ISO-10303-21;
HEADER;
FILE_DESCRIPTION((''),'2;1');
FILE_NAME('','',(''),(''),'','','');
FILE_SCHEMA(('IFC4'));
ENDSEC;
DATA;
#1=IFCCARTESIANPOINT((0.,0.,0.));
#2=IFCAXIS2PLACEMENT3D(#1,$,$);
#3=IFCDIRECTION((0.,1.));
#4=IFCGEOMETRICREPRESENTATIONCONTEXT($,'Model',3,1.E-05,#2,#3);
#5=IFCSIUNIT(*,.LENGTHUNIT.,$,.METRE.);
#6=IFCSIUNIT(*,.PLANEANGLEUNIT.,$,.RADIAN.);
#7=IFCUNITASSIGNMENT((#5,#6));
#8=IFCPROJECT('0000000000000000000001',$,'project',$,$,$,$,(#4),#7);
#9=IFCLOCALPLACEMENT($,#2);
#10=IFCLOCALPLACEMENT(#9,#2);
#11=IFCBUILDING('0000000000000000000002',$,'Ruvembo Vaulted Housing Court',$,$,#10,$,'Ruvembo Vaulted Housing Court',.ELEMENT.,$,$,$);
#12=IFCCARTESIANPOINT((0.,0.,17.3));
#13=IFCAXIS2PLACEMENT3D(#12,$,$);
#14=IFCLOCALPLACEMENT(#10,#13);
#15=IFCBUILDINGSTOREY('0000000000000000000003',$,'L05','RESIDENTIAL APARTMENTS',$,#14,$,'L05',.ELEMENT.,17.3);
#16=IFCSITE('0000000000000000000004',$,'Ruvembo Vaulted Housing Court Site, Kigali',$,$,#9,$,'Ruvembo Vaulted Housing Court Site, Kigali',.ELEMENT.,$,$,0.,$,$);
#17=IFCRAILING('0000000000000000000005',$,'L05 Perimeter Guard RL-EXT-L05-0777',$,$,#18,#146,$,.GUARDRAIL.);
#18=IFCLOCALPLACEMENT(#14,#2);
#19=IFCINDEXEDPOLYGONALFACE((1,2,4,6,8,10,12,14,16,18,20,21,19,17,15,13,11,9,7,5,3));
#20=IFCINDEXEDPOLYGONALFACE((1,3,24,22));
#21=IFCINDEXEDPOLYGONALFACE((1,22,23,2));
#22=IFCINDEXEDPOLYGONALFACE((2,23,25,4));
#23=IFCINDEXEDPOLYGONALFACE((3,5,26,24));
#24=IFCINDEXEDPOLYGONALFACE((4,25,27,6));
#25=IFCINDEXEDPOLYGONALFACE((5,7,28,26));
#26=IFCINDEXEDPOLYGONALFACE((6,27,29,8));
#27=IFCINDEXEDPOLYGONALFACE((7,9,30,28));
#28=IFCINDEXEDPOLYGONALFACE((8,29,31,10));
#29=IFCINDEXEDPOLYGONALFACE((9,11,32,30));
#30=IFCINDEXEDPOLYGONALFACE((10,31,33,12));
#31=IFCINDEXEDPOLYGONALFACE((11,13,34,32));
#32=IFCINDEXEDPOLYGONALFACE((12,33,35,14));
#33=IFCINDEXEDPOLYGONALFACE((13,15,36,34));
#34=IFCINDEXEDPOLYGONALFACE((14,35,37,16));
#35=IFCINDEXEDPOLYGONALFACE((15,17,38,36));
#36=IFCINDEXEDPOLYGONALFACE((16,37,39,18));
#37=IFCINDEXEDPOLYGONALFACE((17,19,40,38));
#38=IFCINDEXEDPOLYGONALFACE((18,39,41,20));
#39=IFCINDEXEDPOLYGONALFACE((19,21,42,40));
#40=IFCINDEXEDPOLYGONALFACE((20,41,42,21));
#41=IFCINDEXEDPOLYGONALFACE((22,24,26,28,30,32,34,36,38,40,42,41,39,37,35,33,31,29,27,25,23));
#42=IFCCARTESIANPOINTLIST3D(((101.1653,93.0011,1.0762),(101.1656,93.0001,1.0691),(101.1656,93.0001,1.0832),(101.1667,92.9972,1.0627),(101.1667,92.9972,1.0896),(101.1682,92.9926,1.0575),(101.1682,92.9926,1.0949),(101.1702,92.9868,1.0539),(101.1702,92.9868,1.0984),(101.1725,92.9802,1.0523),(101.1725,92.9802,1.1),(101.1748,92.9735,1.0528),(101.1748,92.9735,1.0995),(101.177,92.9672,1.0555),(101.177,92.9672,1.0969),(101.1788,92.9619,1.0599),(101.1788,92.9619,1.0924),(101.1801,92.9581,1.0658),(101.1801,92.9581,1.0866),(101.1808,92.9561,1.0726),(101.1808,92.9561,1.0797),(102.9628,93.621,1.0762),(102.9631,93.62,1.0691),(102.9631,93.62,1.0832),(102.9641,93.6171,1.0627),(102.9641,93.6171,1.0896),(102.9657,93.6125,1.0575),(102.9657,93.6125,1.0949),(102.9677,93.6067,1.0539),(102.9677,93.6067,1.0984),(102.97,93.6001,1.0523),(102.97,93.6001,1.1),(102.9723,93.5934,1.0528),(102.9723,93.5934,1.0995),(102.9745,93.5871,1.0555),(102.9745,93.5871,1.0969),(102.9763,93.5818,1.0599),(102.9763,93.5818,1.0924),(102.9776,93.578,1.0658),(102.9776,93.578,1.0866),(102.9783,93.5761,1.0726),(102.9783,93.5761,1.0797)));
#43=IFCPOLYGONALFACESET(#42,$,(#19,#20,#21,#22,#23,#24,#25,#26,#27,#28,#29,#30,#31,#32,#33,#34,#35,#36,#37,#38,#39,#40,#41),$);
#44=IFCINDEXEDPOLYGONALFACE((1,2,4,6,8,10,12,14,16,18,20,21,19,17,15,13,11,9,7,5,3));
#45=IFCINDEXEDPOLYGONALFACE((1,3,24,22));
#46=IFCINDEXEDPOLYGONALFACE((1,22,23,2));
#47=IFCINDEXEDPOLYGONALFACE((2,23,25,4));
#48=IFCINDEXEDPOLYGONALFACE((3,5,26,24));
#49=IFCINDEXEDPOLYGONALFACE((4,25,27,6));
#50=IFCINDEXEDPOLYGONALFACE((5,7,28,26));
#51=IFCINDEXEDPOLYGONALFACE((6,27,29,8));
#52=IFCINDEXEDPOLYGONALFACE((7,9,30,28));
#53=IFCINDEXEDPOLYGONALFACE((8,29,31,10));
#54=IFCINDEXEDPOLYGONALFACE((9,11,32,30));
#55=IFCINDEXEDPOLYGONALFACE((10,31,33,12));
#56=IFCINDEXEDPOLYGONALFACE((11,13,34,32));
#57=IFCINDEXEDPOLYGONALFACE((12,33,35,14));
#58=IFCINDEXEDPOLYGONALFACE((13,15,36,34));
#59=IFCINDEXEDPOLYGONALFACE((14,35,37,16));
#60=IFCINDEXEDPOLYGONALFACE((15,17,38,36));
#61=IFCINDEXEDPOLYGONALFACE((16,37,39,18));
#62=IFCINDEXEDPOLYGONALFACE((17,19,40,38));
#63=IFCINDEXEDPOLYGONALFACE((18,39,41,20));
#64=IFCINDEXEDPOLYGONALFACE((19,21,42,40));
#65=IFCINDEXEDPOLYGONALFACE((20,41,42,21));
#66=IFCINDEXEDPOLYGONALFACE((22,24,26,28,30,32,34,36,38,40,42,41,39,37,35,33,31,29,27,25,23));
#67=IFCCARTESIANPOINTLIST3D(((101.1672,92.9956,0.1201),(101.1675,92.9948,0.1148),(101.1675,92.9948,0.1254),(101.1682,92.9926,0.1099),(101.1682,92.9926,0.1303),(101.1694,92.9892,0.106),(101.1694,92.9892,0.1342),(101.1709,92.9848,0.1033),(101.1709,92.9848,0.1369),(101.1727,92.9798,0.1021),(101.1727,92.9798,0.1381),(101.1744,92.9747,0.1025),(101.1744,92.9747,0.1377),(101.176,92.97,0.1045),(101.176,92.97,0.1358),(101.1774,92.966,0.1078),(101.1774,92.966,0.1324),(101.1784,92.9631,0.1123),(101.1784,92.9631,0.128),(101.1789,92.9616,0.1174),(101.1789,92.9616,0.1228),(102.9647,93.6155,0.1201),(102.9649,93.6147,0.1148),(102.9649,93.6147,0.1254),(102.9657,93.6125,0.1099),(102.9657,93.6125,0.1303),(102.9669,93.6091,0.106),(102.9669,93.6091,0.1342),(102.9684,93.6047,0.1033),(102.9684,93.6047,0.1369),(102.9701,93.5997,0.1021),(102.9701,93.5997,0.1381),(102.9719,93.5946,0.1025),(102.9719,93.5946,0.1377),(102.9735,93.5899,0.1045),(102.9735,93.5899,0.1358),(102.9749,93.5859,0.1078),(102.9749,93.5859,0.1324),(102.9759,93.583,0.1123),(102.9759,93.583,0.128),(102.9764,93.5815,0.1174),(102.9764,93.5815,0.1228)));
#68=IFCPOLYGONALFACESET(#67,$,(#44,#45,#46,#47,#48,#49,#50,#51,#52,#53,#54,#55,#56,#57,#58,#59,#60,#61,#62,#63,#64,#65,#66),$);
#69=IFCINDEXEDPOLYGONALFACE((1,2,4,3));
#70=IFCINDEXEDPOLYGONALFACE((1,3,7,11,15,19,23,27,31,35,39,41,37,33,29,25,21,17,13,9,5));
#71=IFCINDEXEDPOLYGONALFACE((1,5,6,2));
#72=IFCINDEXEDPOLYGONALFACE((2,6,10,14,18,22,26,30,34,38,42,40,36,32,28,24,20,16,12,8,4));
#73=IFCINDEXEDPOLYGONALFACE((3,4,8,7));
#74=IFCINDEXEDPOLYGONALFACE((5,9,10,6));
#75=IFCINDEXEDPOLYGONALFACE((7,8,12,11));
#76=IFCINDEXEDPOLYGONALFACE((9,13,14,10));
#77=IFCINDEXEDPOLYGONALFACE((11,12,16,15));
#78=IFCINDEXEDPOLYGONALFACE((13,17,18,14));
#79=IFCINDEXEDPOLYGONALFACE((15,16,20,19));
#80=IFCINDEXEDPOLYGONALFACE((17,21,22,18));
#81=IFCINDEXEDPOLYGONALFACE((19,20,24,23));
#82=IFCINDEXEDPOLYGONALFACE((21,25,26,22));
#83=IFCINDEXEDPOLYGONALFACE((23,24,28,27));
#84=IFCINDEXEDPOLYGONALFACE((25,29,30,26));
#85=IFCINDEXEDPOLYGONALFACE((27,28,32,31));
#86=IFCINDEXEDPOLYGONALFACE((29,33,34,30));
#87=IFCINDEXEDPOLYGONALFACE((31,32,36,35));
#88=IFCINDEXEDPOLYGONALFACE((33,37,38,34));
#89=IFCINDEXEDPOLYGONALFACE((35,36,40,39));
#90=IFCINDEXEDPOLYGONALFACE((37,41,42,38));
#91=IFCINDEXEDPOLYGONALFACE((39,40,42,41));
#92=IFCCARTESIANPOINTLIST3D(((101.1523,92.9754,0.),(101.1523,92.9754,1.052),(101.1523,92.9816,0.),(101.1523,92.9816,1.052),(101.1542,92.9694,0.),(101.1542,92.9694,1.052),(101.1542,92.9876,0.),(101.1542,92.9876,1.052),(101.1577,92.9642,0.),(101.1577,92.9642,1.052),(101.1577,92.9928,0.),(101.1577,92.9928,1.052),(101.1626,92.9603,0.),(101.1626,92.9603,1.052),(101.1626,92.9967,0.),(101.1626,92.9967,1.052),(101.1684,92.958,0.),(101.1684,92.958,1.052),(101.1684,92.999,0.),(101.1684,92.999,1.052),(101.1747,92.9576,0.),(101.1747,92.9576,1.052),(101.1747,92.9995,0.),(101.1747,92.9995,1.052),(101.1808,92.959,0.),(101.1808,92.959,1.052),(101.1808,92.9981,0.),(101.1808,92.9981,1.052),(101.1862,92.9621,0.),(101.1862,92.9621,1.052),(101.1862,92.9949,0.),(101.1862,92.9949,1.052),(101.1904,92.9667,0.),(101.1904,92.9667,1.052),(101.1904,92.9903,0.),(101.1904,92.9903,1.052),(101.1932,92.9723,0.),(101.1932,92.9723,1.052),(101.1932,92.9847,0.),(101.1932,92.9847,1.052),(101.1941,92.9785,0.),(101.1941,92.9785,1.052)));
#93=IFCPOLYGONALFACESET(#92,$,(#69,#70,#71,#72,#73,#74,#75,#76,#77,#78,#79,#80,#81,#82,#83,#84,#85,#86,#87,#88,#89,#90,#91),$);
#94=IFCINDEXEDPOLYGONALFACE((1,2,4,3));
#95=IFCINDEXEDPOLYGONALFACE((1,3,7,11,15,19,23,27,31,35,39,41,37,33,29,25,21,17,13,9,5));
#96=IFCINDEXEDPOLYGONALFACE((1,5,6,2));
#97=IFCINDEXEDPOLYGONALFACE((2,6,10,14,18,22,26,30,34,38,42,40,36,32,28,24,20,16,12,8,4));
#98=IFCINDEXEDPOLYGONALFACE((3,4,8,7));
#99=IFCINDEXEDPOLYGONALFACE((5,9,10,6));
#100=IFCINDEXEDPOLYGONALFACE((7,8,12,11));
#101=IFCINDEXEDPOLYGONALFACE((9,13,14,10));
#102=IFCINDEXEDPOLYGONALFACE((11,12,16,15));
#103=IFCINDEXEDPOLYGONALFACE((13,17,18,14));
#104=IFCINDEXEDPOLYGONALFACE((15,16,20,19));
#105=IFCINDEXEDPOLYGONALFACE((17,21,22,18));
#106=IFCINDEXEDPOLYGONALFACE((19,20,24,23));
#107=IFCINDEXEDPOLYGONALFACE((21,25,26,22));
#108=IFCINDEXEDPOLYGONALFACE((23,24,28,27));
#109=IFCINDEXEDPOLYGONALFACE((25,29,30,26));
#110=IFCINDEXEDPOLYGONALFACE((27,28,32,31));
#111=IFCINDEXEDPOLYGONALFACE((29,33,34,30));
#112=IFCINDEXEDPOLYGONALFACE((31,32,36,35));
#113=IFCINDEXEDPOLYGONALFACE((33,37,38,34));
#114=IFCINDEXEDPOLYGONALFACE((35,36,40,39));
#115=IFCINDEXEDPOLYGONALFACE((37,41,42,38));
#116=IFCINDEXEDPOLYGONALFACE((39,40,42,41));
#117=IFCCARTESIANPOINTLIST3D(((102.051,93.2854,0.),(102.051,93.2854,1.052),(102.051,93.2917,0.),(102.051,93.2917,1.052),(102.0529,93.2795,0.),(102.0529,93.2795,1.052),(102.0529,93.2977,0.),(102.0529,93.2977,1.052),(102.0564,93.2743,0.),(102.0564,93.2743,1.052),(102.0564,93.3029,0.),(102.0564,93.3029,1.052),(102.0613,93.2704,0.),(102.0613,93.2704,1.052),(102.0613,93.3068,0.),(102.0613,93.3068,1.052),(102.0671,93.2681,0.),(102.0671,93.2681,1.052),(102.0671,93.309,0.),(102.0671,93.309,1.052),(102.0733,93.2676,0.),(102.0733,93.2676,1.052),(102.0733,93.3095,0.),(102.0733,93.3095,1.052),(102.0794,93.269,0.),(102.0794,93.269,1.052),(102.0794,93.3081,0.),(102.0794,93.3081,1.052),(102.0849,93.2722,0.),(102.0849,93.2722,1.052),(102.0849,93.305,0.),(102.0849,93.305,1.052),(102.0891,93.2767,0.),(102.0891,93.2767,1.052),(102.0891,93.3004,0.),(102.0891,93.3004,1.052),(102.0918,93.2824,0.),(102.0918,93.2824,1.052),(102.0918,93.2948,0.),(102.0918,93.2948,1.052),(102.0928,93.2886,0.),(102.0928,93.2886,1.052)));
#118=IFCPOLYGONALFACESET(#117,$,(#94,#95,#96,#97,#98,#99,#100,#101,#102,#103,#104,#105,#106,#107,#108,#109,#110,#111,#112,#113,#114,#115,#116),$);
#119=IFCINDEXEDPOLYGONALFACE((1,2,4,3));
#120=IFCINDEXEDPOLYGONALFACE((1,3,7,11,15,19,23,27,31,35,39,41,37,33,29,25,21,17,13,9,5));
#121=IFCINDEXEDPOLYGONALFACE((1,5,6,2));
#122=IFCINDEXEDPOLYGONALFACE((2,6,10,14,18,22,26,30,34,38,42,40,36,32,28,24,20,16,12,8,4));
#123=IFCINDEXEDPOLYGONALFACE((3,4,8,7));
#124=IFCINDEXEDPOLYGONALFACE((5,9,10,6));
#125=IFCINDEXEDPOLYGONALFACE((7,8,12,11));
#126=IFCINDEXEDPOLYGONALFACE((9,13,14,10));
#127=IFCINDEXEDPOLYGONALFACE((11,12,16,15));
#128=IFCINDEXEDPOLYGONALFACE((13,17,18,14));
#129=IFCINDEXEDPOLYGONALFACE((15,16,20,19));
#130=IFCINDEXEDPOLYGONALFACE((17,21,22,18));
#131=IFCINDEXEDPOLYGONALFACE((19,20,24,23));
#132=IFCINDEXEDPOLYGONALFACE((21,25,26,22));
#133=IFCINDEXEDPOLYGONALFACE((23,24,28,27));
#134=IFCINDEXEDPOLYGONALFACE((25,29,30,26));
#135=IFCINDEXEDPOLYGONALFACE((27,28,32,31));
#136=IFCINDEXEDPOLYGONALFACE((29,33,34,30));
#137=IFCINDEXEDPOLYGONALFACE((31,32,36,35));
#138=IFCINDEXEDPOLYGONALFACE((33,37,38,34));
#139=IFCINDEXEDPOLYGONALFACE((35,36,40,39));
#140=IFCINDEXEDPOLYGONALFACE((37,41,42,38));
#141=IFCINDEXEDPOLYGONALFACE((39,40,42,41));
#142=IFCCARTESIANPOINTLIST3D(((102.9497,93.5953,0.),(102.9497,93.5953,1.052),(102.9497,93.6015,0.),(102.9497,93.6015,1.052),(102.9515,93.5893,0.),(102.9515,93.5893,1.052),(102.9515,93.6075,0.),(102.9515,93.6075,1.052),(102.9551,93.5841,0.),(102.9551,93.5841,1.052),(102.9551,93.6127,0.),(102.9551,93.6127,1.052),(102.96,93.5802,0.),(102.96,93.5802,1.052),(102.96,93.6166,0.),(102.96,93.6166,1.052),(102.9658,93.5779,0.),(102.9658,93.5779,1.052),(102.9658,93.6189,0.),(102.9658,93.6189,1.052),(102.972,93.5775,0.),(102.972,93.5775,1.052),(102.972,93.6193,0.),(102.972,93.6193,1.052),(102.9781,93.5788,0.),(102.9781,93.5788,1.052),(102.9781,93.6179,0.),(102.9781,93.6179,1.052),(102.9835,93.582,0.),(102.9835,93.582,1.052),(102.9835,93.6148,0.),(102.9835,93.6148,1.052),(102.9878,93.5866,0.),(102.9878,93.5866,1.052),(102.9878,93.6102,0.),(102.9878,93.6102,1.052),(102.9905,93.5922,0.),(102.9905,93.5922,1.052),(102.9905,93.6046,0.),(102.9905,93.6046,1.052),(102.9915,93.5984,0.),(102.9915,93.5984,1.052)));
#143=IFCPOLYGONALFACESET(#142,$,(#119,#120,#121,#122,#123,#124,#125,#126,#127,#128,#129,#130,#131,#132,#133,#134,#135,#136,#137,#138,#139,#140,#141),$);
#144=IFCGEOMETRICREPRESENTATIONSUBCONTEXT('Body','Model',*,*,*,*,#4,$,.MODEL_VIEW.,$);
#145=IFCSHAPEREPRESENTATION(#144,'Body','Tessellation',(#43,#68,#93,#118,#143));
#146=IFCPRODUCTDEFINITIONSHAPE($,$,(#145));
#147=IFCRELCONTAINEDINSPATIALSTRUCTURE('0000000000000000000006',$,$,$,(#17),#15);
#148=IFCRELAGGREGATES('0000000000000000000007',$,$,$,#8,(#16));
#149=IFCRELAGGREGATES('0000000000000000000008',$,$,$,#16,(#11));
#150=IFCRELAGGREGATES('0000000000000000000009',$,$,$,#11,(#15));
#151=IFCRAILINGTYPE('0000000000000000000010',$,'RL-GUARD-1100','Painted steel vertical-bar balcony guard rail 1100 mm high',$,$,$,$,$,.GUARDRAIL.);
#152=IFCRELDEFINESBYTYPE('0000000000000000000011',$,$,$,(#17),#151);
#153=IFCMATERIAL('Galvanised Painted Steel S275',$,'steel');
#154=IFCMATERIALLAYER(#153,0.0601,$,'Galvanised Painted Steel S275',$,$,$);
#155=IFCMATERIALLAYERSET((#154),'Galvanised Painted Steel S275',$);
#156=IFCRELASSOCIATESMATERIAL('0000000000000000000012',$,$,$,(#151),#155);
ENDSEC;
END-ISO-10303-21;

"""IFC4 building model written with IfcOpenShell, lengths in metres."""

from ifc_helpers import new_model, si_unit, direction, frame, origin, origin_2d, place, context, subcontext, project, spatial, circle, extrude, material, layer, layer_set, type_object, element, save


model = new_model("IFC4")

# Units and contexts
model_context = context("Model", 3, precision=1e-05, world=origin(), true_north=direction((0.0, 1.0)))
body_context = subcontext(model_context, "Body", "Model", "MODEL_VIEW")
ifc_project = project(units=[si_unit("LENGTHUNIT", "METRE"), si_unit("PLANEANGLEUNIT", "RADIAN")], contexts=[model_context])

# Site, building, storey
site_placement = place(None, origin())
site = spatial("IfcSite", under=ifc_project, at=site_placement, Name="Ruvembo Vaulted Housing Court Site, Kigali", LongName="Ruvembo Vaulted Housing Court Site, Kigali", CompositionType="ELEMENT", RefElevation=0.0)
building_placement = place(site_placement, origin())
building = spatial("IfcBuilding", under=site, at=building_placement, Name="Ruvembo Vaulted Housing Court", LongName="Ruvembo Vaulted Housing Court", CompositionType="ELEMENT")
storey_placement = place(building_placement, frame((0.0, 0.0, 17.3)))
storey = spatial("IfcBuildingStorey", under=building, at=storey_placement, Name="L05", Description="RESIDENTIAL APARTMENTS", LongName="L05", CompositionType="ELEMENT", Elevation=17.3)

# Railing
ifc_material_1 = material(Name="Galvanised Painted Steel S275", Category="steel")
ifc_layer = layer(ifc_material_1, 0.0601, Name="Galvanised Painted Steel S275")
ifc_layer_set = layer_set([ifc_layer], Name="Galvanised Painted Steel S275")
railing_type = type_object("IfcRailingType", Name="RL-GUARD-1100", Description="Painted steel vertical-bar balcony guard rail 1100 mm high", PredefinedType="GUARDRAIL", material=ifc_layer_set)
railing_1_placement = place(storey_placement, frame((101.1731, 92.9785, 0.0)))
element("IfcRailing", 1, at=railing_1_placement, inside=storey, type_object=railing_type, Name="L05 Perimeter Guard RL-EXT-L05-0777", PredefinedType="GUARDRAIL", context=body_context, shape_type="SweptSolid", body=[
    extrude(circle(Radius=0.0239, at=origin_2d()), frame((0.0, 0.0, 1.0762), z_axis=(0.945358, 0.326034, 0.0), x_axis=(-0.326034, 0.945358, 0.0)), (0.0, 0.0, 1.0), 1.9014),
    extrude(circle(Radius=0.0181, at=origin_2d()), frame((0.0, 0.0, 0.1201), z_axis=(0.945358, 0.326034, 0.0), x_axis=(-0.326034, 0.945358, 0.0)), (0.0, 0.0, 1.0), 1.9014),
    extrude(circle(Radius=0.021, at=origin_2d()), origin(), (0.0, 0.0, 1.0), 1.052),
    extrude(circle(Radius=0.021, at=origin_2d()), frame((0.8987, 0.3101, 0.0)), (0.0, 0.0, 1.0), 1.052),
    extrude(circle(Radius=0.021, at=origin_2d()), frame((1.7974, 0.6199, 0.0)), (0.0, 0.0, 1.0), 1.052),
])

save(model, "model.ifc")
